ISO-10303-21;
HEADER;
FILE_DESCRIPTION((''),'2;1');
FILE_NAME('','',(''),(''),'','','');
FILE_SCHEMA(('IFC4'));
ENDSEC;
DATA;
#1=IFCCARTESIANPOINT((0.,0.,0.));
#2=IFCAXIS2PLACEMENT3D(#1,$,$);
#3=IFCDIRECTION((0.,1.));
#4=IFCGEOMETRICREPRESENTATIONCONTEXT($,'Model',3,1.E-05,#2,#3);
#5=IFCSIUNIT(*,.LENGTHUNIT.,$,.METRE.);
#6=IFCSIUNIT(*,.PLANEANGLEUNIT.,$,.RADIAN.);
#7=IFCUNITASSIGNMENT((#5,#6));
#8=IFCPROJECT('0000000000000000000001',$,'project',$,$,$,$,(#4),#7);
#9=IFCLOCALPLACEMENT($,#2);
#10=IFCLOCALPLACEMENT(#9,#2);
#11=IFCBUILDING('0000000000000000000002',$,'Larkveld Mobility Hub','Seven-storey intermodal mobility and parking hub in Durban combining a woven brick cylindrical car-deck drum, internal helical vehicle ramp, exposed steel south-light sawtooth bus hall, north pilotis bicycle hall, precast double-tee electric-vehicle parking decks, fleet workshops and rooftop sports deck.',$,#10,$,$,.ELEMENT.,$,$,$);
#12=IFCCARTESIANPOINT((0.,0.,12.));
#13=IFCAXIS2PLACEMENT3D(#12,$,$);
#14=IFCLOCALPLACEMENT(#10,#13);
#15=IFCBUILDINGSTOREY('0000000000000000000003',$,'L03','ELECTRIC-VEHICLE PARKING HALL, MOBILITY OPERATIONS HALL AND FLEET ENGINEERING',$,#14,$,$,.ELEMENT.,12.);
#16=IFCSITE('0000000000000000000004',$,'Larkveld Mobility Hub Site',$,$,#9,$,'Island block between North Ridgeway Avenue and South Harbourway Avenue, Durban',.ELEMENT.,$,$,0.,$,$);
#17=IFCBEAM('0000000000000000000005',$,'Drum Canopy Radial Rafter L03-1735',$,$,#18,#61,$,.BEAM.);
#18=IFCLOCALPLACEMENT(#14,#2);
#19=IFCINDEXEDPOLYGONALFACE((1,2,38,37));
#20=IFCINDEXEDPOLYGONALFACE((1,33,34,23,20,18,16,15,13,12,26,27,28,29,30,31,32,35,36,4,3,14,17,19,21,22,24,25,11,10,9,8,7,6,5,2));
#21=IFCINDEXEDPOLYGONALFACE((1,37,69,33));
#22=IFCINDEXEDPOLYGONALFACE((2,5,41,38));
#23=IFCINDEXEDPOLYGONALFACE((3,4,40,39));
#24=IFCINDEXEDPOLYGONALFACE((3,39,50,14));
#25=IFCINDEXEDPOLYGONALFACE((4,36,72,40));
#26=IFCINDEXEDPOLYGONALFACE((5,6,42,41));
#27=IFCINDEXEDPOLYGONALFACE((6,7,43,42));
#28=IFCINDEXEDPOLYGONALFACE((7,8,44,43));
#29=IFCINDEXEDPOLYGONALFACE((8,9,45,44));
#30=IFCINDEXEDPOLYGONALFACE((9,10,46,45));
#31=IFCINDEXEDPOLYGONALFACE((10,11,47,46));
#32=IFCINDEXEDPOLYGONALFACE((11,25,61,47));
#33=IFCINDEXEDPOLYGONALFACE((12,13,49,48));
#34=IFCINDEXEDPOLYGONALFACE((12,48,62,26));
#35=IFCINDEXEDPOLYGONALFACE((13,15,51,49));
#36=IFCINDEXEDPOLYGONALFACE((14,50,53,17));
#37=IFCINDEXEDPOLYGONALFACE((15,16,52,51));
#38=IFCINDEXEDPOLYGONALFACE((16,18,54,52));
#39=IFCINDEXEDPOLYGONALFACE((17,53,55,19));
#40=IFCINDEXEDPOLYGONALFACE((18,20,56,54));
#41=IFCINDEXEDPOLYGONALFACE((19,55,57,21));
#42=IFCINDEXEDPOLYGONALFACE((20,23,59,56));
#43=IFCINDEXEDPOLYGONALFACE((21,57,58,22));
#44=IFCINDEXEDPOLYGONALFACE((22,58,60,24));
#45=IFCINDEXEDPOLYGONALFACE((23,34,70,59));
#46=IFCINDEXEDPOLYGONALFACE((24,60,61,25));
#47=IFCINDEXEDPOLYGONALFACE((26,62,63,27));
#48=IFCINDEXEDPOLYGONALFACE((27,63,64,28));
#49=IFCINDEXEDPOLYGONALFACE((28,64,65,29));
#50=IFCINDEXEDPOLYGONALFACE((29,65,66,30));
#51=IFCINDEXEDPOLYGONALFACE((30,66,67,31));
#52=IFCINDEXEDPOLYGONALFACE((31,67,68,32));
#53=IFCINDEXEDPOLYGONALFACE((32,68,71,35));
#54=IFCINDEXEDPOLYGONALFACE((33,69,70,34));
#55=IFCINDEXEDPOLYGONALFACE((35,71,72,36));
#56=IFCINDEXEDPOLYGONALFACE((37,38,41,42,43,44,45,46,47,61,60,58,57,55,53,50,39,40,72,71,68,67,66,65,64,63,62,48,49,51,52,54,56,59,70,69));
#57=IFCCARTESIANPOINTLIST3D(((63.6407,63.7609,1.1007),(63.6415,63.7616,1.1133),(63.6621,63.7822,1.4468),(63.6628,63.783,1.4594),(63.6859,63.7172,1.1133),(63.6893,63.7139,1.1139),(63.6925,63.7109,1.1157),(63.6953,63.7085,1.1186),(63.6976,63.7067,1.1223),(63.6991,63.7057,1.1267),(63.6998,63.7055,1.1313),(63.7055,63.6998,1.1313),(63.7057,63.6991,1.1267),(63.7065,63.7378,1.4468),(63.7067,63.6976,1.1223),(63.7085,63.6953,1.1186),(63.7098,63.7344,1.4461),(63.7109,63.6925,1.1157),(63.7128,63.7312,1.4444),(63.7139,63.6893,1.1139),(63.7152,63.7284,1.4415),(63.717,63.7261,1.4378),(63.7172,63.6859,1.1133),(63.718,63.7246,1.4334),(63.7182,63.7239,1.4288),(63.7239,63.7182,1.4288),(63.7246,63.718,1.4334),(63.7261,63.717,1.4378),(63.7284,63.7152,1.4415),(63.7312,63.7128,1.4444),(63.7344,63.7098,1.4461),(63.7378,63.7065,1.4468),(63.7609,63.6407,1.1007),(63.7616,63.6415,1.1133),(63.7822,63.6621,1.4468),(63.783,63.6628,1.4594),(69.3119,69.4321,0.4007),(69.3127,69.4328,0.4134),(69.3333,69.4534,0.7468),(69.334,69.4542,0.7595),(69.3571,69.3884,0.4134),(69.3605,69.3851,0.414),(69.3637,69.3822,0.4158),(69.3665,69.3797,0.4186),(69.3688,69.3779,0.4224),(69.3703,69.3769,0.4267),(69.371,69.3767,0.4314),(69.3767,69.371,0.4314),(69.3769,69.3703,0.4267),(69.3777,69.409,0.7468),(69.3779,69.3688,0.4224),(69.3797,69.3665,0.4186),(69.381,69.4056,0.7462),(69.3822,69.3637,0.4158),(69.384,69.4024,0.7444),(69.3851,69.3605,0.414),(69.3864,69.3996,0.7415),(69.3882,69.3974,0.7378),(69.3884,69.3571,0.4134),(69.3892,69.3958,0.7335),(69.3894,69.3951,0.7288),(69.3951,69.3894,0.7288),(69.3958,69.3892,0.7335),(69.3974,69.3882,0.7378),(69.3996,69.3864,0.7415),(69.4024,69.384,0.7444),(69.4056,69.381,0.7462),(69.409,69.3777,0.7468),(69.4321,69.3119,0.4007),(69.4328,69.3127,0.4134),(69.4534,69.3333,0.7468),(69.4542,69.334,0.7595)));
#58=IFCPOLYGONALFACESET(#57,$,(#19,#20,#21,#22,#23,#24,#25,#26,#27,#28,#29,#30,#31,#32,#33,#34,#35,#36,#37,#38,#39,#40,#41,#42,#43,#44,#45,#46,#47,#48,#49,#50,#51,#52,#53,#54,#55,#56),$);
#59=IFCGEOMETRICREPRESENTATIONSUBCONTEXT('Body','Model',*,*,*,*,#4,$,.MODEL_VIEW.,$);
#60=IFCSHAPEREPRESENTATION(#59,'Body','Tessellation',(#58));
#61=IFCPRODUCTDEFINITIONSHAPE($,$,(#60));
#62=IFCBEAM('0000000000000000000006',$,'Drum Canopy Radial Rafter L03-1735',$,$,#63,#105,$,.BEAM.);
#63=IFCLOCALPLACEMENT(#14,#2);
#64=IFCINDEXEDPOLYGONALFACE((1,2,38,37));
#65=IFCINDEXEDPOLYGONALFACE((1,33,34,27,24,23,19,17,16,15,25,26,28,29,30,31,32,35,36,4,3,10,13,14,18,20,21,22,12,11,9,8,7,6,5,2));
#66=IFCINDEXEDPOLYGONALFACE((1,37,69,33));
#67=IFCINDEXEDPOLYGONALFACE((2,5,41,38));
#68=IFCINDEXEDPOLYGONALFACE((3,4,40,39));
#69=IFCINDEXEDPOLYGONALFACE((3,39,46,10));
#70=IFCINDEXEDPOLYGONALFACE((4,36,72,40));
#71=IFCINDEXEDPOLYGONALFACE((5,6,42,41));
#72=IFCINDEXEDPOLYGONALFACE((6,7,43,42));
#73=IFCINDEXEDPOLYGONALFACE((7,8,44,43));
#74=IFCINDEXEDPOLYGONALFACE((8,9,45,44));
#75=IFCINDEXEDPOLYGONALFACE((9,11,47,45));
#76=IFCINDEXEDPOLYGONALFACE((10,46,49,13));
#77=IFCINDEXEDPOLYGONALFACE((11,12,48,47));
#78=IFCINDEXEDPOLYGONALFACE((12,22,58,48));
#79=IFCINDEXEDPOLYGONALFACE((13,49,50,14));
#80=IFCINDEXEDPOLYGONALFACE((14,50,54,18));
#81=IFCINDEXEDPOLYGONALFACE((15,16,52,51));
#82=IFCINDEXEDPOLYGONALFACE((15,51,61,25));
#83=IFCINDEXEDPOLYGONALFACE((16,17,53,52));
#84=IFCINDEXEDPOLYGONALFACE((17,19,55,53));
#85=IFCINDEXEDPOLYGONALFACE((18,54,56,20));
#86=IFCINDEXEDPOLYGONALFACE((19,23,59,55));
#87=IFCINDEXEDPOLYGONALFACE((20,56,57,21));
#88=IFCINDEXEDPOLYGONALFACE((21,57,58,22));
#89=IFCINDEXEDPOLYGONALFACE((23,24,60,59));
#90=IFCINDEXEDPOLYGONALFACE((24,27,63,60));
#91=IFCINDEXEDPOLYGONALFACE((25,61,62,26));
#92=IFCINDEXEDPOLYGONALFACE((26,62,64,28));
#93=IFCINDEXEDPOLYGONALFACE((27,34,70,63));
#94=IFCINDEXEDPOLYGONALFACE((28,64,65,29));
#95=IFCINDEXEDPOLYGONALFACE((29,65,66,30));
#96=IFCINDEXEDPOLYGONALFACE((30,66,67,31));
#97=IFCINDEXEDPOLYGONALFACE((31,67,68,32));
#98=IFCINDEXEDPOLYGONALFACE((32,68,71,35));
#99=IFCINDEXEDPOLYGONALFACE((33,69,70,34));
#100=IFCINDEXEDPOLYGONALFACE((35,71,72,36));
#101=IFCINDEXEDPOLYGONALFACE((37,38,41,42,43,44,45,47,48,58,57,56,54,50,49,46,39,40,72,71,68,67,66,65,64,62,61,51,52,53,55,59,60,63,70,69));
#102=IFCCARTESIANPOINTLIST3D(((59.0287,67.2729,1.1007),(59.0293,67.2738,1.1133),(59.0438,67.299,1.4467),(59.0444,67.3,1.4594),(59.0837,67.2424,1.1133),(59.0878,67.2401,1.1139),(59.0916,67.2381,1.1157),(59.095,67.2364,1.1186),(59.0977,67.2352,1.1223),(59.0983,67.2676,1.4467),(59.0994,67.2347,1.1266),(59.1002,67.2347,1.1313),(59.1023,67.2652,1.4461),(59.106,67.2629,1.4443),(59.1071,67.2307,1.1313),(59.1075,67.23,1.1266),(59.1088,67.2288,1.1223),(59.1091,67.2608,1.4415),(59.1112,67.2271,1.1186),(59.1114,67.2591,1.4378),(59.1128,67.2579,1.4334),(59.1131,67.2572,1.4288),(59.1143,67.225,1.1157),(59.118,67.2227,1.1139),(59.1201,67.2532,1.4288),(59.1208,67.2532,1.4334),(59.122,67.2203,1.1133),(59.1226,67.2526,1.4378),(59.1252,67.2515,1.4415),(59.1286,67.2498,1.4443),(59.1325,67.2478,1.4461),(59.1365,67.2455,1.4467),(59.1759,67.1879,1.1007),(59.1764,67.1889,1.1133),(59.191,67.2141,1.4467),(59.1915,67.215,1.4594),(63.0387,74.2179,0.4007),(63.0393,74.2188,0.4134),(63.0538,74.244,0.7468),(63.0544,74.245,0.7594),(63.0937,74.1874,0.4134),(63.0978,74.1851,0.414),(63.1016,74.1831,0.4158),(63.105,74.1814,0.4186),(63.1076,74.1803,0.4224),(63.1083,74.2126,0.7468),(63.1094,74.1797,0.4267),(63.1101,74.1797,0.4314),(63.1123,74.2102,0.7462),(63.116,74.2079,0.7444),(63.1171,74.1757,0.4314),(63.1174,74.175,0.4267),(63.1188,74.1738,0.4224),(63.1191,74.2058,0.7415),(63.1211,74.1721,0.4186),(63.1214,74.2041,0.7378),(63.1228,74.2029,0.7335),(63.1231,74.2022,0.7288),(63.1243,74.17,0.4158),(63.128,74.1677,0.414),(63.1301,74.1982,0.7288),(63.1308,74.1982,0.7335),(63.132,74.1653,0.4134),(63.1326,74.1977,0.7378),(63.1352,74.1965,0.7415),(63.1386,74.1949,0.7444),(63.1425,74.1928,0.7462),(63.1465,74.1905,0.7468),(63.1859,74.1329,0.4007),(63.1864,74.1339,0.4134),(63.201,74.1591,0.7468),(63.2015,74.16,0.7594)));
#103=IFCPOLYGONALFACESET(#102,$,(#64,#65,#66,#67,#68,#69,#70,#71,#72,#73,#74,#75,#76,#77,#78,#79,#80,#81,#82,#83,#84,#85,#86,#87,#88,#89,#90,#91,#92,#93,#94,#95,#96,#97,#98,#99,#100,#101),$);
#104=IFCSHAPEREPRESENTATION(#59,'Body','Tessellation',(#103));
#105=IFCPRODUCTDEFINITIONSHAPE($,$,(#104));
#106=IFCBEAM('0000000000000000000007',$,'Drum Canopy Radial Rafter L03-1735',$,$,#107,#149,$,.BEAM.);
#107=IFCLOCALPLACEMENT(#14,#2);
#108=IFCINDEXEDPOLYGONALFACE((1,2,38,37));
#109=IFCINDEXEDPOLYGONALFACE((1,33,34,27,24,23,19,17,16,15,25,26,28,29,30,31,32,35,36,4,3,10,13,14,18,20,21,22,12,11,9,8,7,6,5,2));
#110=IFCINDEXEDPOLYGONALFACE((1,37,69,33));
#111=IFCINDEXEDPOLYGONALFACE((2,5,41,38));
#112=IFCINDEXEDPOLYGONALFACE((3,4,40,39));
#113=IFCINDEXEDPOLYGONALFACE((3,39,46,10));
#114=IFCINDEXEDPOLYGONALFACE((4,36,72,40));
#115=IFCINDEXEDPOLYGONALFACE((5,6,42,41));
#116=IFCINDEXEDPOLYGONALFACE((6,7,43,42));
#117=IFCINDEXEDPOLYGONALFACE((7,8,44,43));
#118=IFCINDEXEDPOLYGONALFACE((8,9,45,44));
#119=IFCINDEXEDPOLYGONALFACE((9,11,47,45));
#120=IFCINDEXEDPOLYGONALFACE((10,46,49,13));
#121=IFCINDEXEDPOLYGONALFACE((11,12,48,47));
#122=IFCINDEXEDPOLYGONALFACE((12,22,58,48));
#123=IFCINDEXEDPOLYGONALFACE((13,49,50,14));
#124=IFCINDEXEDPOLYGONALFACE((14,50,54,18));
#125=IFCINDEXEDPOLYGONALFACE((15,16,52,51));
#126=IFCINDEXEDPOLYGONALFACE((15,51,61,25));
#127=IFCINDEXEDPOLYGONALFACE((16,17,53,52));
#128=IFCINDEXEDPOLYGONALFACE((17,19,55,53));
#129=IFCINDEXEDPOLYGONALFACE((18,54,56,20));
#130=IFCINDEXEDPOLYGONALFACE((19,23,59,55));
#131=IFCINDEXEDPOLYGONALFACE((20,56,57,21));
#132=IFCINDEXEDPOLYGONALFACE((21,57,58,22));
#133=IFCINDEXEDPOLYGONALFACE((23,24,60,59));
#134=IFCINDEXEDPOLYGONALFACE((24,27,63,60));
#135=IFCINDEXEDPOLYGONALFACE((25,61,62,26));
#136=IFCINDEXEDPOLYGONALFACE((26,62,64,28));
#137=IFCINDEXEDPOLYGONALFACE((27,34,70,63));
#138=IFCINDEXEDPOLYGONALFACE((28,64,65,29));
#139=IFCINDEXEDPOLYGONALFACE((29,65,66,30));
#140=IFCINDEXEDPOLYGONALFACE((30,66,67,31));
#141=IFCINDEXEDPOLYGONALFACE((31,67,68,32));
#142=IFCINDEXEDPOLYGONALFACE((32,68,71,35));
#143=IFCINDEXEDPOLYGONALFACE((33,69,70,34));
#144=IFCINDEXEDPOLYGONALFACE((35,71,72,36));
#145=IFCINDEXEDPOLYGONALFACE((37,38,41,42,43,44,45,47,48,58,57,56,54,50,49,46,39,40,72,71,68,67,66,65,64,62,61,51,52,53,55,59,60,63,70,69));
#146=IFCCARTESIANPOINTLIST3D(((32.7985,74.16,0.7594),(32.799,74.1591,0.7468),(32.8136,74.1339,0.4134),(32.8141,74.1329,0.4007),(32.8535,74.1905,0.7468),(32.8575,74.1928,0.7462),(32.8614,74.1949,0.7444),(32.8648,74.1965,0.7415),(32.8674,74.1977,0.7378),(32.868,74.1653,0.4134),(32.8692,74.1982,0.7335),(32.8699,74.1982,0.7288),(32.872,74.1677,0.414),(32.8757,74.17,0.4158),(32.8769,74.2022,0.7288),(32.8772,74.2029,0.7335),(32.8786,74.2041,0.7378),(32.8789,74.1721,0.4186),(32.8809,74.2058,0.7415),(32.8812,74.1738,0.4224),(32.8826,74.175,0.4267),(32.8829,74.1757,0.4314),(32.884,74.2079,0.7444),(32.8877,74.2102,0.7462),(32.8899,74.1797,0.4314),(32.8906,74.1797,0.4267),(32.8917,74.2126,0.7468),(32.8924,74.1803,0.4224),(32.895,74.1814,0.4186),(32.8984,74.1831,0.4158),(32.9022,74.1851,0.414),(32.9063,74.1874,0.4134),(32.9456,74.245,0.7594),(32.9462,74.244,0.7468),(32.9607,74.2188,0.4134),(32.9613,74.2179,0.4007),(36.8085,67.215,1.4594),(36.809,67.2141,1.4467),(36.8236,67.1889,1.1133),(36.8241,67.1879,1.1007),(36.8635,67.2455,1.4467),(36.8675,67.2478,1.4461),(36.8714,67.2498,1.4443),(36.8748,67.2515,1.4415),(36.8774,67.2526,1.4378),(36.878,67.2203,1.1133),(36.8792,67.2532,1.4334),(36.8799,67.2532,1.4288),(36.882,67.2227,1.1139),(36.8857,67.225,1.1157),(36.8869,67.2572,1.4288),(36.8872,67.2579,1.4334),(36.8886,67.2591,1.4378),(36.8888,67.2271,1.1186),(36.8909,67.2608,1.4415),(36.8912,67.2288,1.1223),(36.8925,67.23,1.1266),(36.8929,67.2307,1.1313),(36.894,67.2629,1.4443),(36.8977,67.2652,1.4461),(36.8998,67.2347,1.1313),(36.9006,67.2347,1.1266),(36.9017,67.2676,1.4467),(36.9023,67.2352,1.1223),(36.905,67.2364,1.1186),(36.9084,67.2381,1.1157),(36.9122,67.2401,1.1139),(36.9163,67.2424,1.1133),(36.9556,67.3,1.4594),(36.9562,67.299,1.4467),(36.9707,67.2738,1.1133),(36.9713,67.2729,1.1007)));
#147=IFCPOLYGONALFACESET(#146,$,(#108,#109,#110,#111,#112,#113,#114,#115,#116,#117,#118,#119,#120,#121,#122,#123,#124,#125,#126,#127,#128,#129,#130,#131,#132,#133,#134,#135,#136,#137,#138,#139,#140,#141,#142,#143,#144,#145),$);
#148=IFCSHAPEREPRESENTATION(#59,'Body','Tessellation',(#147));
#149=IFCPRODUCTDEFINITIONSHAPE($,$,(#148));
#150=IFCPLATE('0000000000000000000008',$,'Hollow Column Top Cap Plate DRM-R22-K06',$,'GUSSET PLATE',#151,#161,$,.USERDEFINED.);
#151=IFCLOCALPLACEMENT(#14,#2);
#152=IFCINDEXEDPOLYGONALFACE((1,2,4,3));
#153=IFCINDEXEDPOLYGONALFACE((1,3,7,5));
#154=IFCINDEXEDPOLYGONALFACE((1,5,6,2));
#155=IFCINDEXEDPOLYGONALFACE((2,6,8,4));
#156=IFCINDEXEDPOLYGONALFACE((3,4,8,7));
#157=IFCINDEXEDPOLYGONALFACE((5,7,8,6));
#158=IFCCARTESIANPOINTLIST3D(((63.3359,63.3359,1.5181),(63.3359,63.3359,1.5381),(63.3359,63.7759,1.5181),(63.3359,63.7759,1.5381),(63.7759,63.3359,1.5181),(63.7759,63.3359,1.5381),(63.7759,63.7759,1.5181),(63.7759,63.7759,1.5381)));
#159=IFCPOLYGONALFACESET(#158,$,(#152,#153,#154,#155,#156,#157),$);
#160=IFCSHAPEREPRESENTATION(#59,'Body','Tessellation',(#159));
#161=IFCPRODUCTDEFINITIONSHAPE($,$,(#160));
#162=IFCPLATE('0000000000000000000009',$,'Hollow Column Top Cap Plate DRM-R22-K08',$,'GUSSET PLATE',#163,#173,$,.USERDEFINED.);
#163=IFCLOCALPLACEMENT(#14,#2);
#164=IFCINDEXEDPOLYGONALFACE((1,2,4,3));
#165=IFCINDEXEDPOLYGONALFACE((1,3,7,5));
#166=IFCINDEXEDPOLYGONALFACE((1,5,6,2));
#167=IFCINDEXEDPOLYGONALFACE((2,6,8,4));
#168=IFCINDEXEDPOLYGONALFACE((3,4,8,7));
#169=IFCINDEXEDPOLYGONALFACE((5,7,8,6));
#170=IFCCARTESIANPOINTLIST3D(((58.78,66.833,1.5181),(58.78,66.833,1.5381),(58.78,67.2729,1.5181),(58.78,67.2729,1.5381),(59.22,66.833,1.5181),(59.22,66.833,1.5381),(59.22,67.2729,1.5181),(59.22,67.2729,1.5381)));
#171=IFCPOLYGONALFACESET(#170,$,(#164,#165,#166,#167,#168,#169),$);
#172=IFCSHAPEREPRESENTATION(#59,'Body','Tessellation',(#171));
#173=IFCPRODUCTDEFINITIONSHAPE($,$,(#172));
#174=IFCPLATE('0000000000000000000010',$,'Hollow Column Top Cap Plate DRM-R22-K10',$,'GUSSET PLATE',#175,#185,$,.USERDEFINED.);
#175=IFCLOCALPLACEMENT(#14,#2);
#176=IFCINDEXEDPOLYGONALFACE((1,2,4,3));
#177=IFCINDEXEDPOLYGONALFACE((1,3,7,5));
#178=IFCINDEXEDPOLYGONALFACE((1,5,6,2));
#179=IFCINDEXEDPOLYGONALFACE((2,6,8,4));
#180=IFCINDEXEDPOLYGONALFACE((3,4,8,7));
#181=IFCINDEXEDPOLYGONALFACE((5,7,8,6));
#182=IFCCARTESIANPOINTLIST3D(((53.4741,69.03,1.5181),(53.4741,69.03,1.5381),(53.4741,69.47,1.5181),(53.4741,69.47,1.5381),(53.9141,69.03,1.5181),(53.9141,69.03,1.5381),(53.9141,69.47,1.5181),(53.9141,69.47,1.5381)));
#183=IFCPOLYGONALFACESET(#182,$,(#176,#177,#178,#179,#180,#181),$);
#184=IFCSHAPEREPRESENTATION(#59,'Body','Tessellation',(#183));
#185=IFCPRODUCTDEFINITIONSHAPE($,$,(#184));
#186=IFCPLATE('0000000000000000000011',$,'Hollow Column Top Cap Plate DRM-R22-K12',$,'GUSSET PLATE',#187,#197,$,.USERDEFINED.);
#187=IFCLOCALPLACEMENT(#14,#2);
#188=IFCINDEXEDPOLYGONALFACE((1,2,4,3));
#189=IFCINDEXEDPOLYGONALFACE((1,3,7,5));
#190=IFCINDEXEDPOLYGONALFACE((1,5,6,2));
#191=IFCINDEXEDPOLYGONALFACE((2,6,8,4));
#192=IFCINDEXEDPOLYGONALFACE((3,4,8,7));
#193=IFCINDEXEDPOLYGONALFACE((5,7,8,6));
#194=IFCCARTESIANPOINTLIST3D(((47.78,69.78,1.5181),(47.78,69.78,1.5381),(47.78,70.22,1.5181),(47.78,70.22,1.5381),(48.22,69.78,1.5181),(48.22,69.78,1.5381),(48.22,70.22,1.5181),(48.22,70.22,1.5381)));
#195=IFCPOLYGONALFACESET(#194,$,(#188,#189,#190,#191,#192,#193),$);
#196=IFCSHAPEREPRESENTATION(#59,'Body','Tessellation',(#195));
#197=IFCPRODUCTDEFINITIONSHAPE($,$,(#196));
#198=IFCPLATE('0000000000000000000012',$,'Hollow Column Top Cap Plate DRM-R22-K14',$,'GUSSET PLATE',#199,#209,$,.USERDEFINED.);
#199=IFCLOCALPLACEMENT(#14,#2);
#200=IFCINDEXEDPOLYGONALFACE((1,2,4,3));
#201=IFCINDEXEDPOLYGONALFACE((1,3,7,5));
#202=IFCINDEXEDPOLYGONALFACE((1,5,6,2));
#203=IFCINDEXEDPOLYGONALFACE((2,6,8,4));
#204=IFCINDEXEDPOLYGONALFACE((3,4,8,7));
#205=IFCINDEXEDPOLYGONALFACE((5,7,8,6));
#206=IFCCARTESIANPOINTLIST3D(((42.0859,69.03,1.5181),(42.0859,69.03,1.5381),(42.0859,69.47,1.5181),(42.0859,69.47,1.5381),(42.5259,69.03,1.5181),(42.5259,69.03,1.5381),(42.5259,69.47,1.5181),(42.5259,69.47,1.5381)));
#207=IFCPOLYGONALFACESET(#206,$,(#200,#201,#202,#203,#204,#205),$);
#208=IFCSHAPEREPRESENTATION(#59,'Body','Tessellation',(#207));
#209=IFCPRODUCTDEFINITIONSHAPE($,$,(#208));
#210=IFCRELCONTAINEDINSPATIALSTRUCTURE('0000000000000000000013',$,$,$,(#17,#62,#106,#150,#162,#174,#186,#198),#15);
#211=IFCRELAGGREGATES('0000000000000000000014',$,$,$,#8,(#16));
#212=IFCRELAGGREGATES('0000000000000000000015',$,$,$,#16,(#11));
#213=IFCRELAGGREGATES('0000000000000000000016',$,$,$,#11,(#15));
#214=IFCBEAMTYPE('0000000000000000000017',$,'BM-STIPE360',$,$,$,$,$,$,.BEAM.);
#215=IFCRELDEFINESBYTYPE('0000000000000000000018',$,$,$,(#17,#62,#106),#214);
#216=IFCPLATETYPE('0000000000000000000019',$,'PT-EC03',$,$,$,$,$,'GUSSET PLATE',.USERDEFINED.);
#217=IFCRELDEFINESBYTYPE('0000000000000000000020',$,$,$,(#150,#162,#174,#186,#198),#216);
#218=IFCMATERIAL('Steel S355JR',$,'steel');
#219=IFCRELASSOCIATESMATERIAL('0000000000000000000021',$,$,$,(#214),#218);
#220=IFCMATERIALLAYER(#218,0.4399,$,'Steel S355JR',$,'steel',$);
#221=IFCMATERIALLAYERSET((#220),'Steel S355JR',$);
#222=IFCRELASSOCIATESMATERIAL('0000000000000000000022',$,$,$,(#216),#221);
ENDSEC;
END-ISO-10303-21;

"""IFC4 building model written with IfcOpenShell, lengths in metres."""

from ifc_helpers import new_model, si_unit, direction, frame, origin, origin_2d, place, context, subcontext, project, spatial, rectangle, i_section, extrude, material, layer, layer_set, material_profile, profile_set, type_object, element, save


model = new_model("IFC4")

# Units and contexts
model_context = context("Model", 3, precision=1e-05, world=origin(), true_north=direction((0.0, 1.0)))
body_context = subcontext(model_context, "Body", "Model", "MODEL_VIEW")
ifc_project = project(units=[si_unit("LENGTHUNIT", "METRE"), si_unit("PLANEANGLEUNIT", "RADIAN")], contexts=[model_context])

# Site, building, storey
site_placement = place(None, origin())
site = spatial("IfcSite", under=ifc_project, at=site_placement, Name="Larkveld Mobility Hub Site", LongName="Island block between North Ridgeway Avenue and South Harbourway Avenue, Durban", CompositionType="ELEMENT", RefElevation=0.0)
building_placement = place(site_placement, origin())
building = spatial("IfcBuilding", under=site, at=building_placement, Name="Larkveld Mobility Hub", Description="Seven-storey intermodal mobility and parking hub in Durban combining a woven brick cylindrical car-deck drum, internal helical vehicle ramp, exposed steel south-light sawtooth bus hall, north pilotis bicycle hall, precast double-tee electric-vehicle parking decks, fleet workshops and rooftop sports deck.", CompositionType="ELEMENT")
storey_placement = place(building_placement, frame((0.0, 0.0, 12.0)))
storey = spatial("IfcBuildingStorey", under=building, at=storey_placement, Name="L03", Description="ELECTRIC-VEHICLE PARKING HALL, MOBILITY OPERATIONS HALL AND FLEET ENGINEERING", CompositionType="ELEMENT", Elevation=12.0)

# Shared definitions
ifc_material_1 = material(Name="Steel S355JR", Category="steel")

# Beams
ifc_material_profile_1 = material_profile(ifc_material_1, i_section(OverallWidth=0.1699, OverallDepth=0.3601, WebThickness=0.0081, FlangeThickness=0.0127, FilletRadius=0.0181, at=origin_2d()), Name="IPE 360")
ifc_profile_set_1 = profile_set([ifc_material_profile_1], Name="Steel S355JR")
beam_type_1 = type_object("IfcBeamType", Name="BM-STIPE360", PredefinedType="BEAM", material=ifc_profile_set_1)
beam_1_placement = place(storey_placement, frame((69.3831, 69.3831, 0.5801), z_axis=(-0.704429, -0.704429, 0.086943), x_axis=(0.707107, -0.707107, 0.0)))
element("IfcBeam", 1, at=beam_1_placement, inside=storey, type_object=beam_type_1, Name="Drum Canopy Radial Rafter L03-1735", PredefinedType="BEAM", context=body_context, shape_type="SweptSolid", body=[
    extrude(i_section(OverallWidth=0.1699, OverallDepth=0.3601, WebThickness=0.0081, FlangeThickness=0.0127, FilletRadius=0.0181, at=origin_2d()), origin(), (0.0, 0.0, 1.0), 8.0508),
])
for number, where, z_axis, x_axis, name in (
    (2, (63.1201, 74.189, 0.5801), (-0.498132, -0.862731, 0.086949), (0.866011, -0.500026, 0.0), "Drum Canopy Radial Rafter L03-1735"),
    (3, (32.8799, 74.189, 0.5801), (0.498132, -0.862731, 0.086949), (0.866011, 0.500026, 0.0), "Drum Canopy Radial Rafter L03-1735"),
):
    element("IfcBeam", number, at=place(storey_placement, frame(where, z_axis=z_axis, x_axis=x_axis)), inside=storey, type_object=beam_type_1, Name=name, PredefinedType="BEAM", context=body_context, shape_type="SweptSolid", body=[
        extrude(i_section(OverallWidth=0.1699, OverallDepth=0.3601, WebThickness=0.0081, FlangeThickness=0.0127, FilletRadius=0.0181, at=origin_2d()), origin(), (0.0, 0.0, 1.0), 8.05),
    ])

# Plates
ifc_layer_1 = layer(ifc_material_1, 0.4399, Name="Steel S355JR", Category="steel")
ifc_layer_set_1 = layer_set([ifc_layer_1], Name="Steel S355JR")
plate_type = type_object("IfcPlateType", Name="PT-EC03", ElementType="GUSSET PLATE", PredefinedType="USERDEFINED", material=ifc_layer_set_1)
for number, where, z_axis, x_axis, name in (
    (4, (63.5559, 63.5559, 1.5181), (0.0, 0.0, 1.0), (1.0, 0.0, 0.0), "Hollow Column Top Cap Plate DRM-R22-K06"),
    (5, (59.0, 67.053, 1.5181), (0.0, 0.0, 1.0), (1.0, 0.0, 0.0), "Hollow Column Top Cap Plate DRM-R22-K08"),
    (6, (53.6941, 69.25, 1.5181), (0.0, 0.0, 1.0), (1.0, 0.0, 0.0), "Hollow Column Top Cap Plate DRM-R22-K10"),
    (7, (48.0, 70.0, 1.5181), (0.0, 0.0, 1.0), (1.0, 0.0, 0.0), "Hollow Column Top Cap Plate DRM-R22-K12"),
    (8, (42.3059, 69.25, 1.5181), (0.0, 0.0, 1.0), (1.0, 0.0, 0.0), "Hollow Column Top Cap Plate DRM-R22-K14"),
):
    element("IfcPlate", number, at=place(storey_placement, frame(where, z_axis=z_axis, x_axis=x_axis)), inside=storey, type_object=plate_type, Name=name, ObjectType="GUSSET PLATE", PredefinedType="USERDEFINED", context=body_context, shape_type="SweptSolid", body=[
        extrude(rectangle(XDim=0.4399, YDim=0.4399, at=origin_2d()), origin(), (0.0, 0.0, 1.0), 0.02),
    ])

save(model, "model.ifc")
